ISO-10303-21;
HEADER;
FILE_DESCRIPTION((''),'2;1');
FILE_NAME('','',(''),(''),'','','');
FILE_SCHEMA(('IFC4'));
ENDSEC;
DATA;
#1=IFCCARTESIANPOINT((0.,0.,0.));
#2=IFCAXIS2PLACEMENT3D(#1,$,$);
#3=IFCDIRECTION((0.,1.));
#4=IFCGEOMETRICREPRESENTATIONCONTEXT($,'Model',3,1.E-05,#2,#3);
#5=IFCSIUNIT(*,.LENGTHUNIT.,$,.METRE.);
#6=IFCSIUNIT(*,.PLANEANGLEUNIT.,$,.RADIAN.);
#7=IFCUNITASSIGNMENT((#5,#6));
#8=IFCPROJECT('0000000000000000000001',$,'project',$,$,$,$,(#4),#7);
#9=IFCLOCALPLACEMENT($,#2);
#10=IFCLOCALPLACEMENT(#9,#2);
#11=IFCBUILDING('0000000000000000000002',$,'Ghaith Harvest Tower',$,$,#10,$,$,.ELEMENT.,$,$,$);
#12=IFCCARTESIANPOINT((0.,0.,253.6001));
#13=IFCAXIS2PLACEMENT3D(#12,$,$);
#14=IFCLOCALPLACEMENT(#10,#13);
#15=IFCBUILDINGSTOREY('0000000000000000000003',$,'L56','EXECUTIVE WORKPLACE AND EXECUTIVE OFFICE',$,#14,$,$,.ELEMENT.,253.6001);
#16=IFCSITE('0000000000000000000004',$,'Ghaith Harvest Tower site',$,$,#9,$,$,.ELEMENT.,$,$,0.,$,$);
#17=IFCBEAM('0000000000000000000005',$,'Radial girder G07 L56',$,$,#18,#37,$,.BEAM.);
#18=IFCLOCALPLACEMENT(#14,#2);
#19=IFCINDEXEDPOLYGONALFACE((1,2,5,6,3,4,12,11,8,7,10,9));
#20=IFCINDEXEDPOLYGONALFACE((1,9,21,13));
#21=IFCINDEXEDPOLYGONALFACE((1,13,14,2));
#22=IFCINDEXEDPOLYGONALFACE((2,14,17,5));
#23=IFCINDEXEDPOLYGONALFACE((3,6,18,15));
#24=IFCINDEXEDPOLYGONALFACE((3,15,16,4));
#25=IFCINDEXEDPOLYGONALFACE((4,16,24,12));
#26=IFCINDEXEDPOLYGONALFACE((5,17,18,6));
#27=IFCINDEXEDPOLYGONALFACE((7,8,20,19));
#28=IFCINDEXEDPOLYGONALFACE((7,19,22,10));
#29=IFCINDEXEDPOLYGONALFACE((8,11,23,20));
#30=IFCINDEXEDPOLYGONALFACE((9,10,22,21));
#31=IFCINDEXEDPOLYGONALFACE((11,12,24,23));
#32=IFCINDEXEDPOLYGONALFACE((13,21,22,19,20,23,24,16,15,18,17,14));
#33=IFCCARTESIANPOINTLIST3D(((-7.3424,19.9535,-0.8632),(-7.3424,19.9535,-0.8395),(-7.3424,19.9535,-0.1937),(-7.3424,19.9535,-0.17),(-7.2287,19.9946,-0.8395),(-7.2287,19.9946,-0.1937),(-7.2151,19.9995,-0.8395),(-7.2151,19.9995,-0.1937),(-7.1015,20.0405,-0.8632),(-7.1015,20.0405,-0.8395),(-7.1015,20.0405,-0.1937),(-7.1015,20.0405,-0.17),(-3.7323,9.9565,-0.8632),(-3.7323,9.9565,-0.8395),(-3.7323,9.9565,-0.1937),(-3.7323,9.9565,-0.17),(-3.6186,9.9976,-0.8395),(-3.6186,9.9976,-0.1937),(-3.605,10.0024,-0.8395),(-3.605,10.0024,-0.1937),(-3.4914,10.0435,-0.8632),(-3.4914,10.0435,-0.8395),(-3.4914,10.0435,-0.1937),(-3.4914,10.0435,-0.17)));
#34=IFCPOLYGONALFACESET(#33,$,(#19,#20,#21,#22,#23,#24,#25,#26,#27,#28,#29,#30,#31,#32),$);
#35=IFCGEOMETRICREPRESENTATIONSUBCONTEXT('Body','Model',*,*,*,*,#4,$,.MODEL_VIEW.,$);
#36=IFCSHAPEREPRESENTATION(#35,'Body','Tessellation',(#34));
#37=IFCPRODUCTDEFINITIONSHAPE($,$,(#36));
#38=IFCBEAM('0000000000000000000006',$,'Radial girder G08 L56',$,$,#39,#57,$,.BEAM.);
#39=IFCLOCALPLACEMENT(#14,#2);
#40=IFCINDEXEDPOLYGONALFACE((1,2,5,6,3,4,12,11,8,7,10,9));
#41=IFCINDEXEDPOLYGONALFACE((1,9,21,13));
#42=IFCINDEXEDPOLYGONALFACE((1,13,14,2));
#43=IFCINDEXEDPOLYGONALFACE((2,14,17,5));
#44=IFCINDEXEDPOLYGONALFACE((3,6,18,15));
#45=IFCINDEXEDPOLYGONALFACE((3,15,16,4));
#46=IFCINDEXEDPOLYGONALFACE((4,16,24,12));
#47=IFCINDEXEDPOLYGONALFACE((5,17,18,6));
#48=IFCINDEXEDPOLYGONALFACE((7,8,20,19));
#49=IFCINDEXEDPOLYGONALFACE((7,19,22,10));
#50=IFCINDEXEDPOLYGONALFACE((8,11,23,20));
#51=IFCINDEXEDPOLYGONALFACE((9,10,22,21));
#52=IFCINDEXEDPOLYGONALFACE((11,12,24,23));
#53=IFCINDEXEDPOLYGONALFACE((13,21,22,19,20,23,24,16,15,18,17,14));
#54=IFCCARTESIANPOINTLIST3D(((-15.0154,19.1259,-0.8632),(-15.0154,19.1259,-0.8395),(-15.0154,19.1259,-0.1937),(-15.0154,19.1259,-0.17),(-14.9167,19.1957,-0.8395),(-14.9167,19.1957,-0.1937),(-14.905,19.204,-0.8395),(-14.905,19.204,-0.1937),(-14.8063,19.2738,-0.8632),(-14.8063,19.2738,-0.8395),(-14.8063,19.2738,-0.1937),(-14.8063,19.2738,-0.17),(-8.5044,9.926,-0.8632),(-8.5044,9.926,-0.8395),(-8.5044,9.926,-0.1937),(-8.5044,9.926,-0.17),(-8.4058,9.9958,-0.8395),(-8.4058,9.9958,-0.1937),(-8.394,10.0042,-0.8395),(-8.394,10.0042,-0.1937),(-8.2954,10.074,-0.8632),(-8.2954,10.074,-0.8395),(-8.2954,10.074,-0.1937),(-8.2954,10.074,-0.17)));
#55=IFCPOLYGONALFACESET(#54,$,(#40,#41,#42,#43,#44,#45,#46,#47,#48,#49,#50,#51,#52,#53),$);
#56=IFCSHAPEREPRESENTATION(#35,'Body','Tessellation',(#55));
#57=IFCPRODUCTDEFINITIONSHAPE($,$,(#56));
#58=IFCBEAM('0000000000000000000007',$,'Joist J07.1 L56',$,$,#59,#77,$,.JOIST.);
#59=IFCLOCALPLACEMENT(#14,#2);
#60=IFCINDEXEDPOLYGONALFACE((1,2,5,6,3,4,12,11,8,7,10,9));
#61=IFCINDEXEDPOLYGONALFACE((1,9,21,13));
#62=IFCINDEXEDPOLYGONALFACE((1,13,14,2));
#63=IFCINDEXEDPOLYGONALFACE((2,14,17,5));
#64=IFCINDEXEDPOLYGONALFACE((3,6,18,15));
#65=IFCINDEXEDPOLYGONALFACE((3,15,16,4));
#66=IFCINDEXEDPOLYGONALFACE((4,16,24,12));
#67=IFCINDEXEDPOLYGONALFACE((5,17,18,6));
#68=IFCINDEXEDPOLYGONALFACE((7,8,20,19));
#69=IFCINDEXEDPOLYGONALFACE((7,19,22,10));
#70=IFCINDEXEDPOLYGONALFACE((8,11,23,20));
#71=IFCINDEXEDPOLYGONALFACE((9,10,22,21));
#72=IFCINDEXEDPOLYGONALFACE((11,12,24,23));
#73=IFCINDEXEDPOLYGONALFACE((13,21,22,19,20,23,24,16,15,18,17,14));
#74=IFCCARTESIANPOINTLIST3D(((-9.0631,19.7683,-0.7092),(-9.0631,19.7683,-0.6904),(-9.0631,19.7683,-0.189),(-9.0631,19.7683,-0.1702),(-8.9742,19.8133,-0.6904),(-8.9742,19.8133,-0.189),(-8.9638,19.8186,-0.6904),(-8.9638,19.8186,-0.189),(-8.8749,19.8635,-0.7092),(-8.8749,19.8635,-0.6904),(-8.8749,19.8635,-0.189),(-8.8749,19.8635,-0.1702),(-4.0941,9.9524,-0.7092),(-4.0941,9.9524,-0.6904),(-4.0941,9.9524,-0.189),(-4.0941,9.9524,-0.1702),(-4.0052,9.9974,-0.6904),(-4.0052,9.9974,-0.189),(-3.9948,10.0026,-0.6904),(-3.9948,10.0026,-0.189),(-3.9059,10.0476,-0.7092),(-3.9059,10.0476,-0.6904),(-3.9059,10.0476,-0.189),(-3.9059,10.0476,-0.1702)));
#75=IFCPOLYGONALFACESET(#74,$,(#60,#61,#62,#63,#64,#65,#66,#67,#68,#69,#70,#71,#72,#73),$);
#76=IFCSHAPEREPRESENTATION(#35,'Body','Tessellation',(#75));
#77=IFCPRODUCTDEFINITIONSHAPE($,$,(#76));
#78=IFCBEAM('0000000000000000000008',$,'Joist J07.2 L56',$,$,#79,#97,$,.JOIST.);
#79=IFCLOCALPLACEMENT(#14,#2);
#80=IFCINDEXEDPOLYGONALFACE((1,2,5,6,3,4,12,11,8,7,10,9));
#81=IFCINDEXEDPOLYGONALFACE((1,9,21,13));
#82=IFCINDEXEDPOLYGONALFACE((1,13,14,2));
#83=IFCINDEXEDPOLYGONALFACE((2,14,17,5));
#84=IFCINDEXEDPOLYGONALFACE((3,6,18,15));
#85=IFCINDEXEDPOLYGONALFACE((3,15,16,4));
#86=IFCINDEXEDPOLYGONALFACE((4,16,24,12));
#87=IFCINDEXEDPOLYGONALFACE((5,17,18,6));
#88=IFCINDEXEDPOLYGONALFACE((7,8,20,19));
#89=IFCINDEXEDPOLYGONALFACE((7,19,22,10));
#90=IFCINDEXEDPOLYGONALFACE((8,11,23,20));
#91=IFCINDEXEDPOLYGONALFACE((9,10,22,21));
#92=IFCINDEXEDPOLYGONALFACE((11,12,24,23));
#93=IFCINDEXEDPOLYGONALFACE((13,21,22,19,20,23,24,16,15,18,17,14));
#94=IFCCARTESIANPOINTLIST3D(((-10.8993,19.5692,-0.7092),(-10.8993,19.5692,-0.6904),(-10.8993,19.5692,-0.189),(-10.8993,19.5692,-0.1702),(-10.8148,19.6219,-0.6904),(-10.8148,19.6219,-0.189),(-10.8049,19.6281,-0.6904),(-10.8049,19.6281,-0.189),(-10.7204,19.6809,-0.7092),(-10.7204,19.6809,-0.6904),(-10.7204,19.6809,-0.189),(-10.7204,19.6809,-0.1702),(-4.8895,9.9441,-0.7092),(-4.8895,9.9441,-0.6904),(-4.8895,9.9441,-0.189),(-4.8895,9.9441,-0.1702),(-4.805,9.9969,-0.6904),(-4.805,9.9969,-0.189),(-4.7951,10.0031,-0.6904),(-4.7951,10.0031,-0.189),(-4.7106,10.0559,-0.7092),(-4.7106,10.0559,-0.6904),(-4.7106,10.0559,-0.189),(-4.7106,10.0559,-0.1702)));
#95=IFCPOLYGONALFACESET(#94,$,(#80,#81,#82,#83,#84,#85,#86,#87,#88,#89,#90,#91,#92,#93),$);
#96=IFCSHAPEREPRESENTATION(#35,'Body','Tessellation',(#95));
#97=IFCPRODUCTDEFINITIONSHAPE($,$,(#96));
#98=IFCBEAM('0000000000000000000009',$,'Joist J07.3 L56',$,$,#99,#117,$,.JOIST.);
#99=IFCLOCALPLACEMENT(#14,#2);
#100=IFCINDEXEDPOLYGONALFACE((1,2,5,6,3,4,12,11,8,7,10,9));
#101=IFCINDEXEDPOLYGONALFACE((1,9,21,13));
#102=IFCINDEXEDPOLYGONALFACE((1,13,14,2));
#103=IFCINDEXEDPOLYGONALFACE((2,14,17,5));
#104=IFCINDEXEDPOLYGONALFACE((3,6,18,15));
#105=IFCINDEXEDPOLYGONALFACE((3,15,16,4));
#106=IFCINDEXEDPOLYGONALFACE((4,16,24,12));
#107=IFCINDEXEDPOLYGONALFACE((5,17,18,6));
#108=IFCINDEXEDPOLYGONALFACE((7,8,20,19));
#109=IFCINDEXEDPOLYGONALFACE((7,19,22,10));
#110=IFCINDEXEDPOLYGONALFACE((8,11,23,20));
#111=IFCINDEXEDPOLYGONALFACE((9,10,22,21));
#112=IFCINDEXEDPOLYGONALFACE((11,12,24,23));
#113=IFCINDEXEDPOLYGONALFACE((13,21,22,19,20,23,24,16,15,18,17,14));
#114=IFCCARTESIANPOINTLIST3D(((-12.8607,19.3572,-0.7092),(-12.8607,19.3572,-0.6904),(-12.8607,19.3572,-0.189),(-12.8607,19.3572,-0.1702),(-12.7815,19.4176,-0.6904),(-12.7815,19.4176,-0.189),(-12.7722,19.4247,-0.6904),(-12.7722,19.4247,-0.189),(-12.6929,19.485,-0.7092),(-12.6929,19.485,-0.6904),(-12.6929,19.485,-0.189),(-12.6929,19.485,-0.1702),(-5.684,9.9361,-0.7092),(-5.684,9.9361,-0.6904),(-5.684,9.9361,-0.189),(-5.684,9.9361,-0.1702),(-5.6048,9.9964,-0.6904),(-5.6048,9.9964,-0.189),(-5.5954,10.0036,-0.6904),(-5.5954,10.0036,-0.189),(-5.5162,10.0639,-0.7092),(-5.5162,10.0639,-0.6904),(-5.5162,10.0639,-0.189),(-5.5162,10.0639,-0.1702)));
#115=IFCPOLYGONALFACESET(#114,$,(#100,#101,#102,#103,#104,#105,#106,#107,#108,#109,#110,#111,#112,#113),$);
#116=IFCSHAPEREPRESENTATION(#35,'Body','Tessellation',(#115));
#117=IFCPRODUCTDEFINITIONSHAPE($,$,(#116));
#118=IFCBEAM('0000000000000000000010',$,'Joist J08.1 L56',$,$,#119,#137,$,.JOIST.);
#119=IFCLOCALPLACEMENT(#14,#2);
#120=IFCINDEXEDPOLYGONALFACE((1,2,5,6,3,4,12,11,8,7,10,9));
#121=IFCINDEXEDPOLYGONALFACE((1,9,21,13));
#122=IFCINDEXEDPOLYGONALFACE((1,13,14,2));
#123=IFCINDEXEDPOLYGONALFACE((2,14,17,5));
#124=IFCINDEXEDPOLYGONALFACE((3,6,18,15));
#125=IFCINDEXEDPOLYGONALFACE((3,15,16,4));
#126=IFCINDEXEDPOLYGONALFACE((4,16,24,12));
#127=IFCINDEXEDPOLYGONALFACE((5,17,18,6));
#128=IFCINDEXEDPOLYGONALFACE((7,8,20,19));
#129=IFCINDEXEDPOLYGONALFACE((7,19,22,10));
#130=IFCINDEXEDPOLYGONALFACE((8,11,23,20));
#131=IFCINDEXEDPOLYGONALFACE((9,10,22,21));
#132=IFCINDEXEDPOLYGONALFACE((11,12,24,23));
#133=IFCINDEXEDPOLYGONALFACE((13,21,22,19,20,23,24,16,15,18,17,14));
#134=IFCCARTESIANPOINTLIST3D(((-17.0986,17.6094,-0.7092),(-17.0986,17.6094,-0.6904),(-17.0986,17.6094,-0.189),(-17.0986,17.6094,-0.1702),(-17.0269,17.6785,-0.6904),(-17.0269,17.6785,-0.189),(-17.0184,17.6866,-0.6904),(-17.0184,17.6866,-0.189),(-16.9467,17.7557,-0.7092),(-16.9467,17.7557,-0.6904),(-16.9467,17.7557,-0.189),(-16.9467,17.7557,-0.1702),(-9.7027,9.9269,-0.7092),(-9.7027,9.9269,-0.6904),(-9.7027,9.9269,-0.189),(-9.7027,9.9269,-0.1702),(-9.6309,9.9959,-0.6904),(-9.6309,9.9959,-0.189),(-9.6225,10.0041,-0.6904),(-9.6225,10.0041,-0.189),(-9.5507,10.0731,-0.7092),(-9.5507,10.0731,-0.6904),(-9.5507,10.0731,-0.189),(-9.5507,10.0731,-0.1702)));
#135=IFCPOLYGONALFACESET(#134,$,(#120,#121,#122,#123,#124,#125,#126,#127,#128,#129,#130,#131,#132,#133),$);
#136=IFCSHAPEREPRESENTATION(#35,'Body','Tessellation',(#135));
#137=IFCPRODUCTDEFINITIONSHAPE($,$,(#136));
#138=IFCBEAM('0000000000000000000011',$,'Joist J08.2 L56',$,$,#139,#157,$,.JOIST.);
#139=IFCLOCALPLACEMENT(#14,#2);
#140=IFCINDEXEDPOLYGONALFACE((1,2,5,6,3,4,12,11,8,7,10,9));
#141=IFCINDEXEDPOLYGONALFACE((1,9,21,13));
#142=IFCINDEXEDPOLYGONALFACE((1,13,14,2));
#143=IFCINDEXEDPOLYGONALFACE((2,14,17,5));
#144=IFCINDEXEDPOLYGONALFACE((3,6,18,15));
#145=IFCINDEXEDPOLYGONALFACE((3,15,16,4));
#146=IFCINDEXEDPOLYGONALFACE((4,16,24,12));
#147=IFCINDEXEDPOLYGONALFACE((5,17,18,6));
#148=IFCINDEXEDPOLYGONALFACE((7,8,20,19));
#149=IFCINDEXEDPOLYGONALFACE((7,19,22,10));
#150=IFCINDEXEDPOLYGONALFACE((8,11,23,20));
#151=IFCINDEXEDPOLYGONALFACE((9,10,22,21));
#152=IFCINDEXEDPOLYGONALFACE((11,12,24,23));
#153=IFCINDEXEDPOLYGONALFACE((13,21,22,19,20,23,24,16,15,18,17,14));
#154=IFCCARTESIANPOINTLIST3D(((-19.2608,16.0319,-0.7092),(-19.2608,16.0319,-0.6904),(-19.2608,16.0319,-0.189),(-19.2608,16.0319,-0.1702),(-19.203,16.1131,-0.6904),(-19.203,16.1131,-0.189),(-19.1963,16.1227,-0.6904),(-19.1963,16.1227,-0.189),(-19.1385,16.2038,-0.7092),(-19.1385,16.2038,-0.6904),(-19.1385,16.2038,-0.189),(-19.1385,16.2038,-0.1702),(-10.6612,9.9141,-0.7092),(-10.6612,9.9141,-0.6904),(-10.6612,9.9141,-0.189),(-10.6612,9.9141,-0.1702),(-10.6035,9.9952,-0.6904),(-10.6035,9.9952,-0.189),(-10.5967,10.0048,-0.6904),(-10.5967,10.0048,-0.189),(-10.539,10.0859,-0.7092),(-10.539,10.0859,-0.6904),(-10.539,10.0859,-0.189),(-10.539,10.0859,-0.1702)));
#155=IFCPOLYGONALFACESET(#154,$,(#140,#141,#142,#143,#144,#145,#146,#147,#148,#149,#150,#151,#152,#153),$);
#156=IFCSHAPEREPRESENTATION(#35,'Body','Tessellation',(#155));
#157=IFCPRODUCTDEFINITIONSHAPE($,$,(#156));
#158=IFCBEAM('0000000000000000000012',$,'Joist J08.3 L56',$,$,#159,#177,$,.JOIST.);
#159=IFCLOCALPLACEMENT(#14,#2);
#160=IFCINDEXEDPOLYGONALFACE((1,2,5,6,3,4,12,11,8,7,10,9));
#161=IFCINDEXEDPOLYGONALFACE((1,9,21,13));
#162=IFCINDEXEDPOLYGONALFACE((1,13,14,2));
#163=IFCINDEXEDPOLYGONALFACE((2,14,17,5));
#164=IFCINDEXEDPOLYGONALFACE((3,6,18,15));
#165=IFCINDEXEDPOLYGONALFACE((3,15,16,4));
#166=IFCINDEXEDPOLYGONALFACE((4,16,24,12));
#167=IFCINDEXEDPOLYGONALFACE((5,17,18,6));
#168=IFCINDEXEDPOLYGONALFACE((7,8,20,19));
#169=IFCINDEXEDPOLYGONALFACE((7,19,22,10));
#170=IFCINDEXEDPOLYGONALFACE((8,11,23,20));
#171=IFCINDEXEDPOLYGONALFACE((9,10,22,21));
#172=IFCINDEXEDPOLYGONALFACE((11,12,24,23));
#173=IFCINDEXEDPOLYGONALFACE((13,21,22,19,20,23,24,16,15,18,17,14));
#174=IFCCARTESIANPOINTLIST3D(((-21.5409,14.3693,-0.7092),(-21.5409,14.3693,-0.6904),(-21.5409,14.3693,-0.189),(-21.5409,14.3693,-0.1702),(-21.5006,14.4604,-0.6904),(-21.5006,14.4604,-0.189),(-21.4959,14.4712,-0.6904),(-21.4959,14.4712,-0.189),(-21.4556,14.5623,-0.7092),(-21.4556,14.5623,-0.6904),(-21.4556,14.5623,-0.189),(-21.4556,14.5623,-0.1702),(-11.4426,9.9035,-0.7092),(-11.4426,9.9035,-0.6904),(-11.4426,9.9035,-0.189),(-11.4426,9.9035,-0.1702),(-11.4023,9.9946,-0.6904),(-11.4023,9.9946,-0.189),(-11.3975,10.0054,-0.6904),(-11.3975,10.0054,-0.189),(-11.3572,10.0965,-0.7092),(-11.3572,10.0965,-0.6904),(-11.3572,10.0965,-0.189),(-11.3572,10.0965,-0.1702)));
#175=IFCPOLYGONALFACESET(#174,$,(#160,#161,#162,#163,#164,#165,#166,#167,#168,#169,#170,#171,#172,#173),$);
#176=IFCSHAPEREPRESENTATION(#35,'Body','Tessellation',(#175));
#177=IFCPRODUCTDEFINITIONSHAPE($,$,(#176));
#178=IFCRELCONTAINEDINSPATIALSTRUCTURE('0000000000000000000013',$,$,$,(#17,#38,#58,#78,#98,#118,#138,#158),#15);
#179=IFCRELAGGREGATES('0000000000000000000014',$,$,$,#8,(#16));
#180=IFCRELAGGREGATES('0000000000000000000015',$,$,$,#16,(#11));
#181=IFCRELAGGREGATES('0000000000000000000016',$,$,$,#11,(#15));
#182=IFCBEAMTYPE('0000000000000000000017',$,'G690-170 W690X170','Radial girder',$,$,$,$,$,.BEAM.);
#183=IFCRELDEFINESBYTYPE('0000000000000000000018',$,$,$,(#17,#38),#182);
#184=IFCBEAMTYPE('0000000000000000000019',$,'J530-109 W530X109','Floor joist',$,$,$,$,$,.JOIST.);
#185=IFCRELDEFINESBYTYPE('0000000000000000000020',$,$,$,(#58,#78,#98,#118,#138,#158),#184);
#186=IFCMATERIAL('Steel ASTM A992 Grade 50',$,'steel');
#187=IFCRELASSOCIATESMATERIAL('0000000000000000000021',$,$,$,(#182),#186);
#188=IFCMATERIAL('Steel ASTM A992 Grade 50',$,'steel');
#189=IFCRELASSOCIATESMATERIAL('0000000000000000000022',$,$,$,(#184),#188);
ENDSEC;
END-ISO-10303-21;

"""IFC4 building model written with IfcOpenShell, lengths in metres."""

from ifc_helpers import new_model, si_unit, direction, frame, origin, origin_2d, place, context, subcontext, project, spatial, i_section, extrude, material, material_profile, profile_set, type_object, element, save


model = new_model("IFC4")

# Units and contexts
model_context = context("Model", 3, precision=1e-05, world=origin(), true_north=direction((0.0, 1.0)))
body_context = subcontext(model_context, "Body", "Model", "MODEL_VIEW")
ifc_project = project(units=[si_unit("LENGTHUNIT", "METRE"), si_unit("PLANEANGLEUNIT", "RADIAN")], contexts=[model_context])

# Site, building, storey
site_placement = place(None, origin())
site = spatial("IfcSite", under=ifc_project, at=site_placement, Name="Ghaith Harvest Tower site", CompositionType="ELEMENT", RefElevation=0.0)
building_placement = place(site_placement, origin())
building = spatial("IfcBuilding", under=site, at=building_placement, Name="Ghaith Harvest Tower", CompositionType="ELEMENT")
storey_placement = place(building_placement, frame((0.0, 0.0, 253.6001)))
storey = spatial("IfcBuildingStorey", under=building, at=storey_placement, Name="L56", Description="EXECUTIVE WORKPLACE AND EXECUTIVE OFFICE", CompositionType="ELEMENT", Elevation=253.6001)

# Beams
ifc_material_1 = material(Name="Steel ASTM A992 Grade 50", Category="steel")
ifc_material_profile_1 = material_profile(ifc_material_1, i_section(OverallWidth=0.2561, OverallDepth=0.6931, WebThickness=0.0144, FlangeThickness=0.0237, at=origin_2d()), Name="W690X170")
ifc_profile_set_1 = profile_set([ifc_material_profile_1], Name="Steel ASTM A992 Grade 50")
beam_type_1 = type_object("IfcBeamType", Name="G690-170 W690X170", Description="Radial girder", PredefinedType="BEAM", material=ifc_profile_set_1)
beam_1_placement = place(storey_placement, frame((-3.6118, 10.0, -0.5166), z_axis=(-0.339649, 0.940552, 0.0), x_axis=(-0.940552, -0.339649, 0.0)))
element("IfcBeam", 1, at=beam_1_placement, inside=storey, type_object=beam_type_1, Name="Radial girder G07 L56", PredefinedType="BEAM", context=body_context, shape_type="SweptSolid", body=[
    extrude(i_section(OverallWidth=0.2561, OverallDepth=0.6931, WebThickness=0.0144, FlangeThickness=0.0237, at=origin_2d()), origin(), (0.0, 0.0, 1.0), 10.6289),
])
beam_2_placement = place(storey_placement, frame((-8.3999, 10.0, -0.5166), z_axis=(-0.577684, 0.816261, 0.0), x_axis=(-0.816261, -0.577684, 0.0)))
element("IfcBeam", 2, at=beam_2_placement, inside=storey, type_object=beam_type_1, Name="Radial girder G08 L56", PredefinedType="BEAM", context=body_context, shape_type="SweptSolid", body=[
    extrude(i_section(OverallWidth=0.2561, OverallDepth=0.6931, WebThickness=0.0144, FlangeThickness=0.0237, at=origin_2d()), origin(), (0.0, 0.0, 1.0), 11.2708),
])
ifc_material_2 = material(Name="Steel ASTM A992 Grade 50", Category="steel")
ifc_material_profile_2 = material_profile(ifc_material_2, i_section(OverallWidth=0.2109, OverallDepth=0.5391, WebThickness=0.0117, FlangeThickness=0.0188, at=origin_2d()), Name="W530X109")
ifc_profile_set_2 = profile_set([ifc_material_profile_2], Name="Steel ASTM A992 Grade 50")
beam_type_2 = type_object("IfcBeamType", Name="J530-109 W530X109", Description="Floor joist", PredefinedType="JOIST", material=ifc_profile_set_2)
beam_3_placement = place(storey_placement, frame((-4.0, 10.0, -0.4397), z_axis=(-0.451646, 0.892197, 0.0), x_axis=(-0.892197, -0.451646, 0.0)))
element("IfcBeam", 3, at=beam_3_placement, inside=storey, type_object=beam_type_2, Name="Joist J07.1 L56", PredefinedType="JOIST", context=body_context, shape_type="SweptSolid", body=[
    extrude(i_section(OverallWidth=0.2109, OverallDepth=0.5391, WebThickness=0.0117, FlangeThickness=0.0188, at=origin_2d()), origin(), (0.0, 0.0, 1.0), 11.002),
])
beam_4_placement = place(storey_placement, frame((-4.8, 10.0, -0.4397), z_axis=(-0.529628, 0.84823, 0.0), x_axis=(-0.84823, -0.529628, 0.0)))
element("IfcBeam", 4, at=beam_4_placement, inside=storey, type_object=beam_type_2, Name="Joist J07.2 L56", PredefinedType="JOIST", context=body_context, shape_type="SweptSolid", body=[
    extrude(i_section(OverallWidth=0.2109, OverallDepth=0.5391, WebThickness=0.0117, FlangeThickness=0.0188, at=origin_2d()), origin(), (0.0, 0.0, 1.0), 11.3472),
])
beam_5_placement = place(storey_placement, frame((-5.6001, 10.0, -0.4397), z_axis=(-0.605976, 0.795483, 0.0), x_axis=(-0.795483, -0.605976, 0.0)))
element("IfcBeam", 5, at=beam_5_placement, inside=storey, type_object=beam_type_2, Name="Joist J07.3 L56", PredefinedType="JOIST", context=body_context, shape_type="SweptSolid", body=[
    extrude(i_section(OverallWidth=0.2109, OverallDepth=0.5391, WebThickness=0.0117, FlangeThickness=0.0188, at=origin_2d()), origin(), (0.0, 0.0, 1.0), 11.8433),
])
beam_6_placement = place(storey_placement, frame((-9.6267, 10.0, -0.4397), z_axis=(-0.69354, 0.720418, 0.0), x_axis=(-0.720418, -0.69354, 0.0)))
element("IfcBeam", 6, at=beam_6_placement, inside=storey, type_object=beam_type_2, Name="Joist J08.1 L56", PredefinedType="JOIST", context=body_context, shape_type="SweptSolid", body=[
    extrude(i_section(OverallWidth=0.2109, OverallDepth=0.5391, WebThickness=0.0117, FlangeThickness=0.0188, at=origin_2d()), origin(), (0.0, 0.0, 1.0), 10.6641),
])
beam_7_placement = place(storey_placement, frame((-10.6001, 10.0, -0.4397), z_axis=(-0.814837, 0.57969, 0.0), x_axis=(-0.57969, -0.814837, 0.0)))
element("IfcBeam", 7, at=beam_7_placement, inside=storey, type_object=beam_type_2, Name="Joist J08.2 L56", PredefinedType="JOIST", context=body_context, shape_type="SweptSolid", body=[
    extrude(i_section(OverallWidth=0.2109, OverallDepth=0.5391, WebThickness=0.0117, FlangeThickness=0.0188, at=origin_2d()), origin(), (0.0, 0.0, 1.0), 10.5537),
])
beam_8_placement = place(storey_placement, frame((-11.3999, 10.0, -0.4397), z_axis=(-0.914561, 0.404447, 0.0), x_axis=(-0.404447, -0.914561, 0.0)))
element("IfcBeam", 8, at=beam_8_placement, inside=storey, type_object=beam_type_2, Name="Joist J08.3 L56", PredefinedType="JOIST", context=body_context, shape_type="SweptSolid", body=[
    extrude(i_section(OverallWidth=0.2109, OverallDepth=0.5391, WebThickness=0.0117, FlangeThickness=0.0188, at=origin_2d()), origin(), (0.0, 0.0, 1.0), 11.0417),
])

save(model, "model.ifc")
